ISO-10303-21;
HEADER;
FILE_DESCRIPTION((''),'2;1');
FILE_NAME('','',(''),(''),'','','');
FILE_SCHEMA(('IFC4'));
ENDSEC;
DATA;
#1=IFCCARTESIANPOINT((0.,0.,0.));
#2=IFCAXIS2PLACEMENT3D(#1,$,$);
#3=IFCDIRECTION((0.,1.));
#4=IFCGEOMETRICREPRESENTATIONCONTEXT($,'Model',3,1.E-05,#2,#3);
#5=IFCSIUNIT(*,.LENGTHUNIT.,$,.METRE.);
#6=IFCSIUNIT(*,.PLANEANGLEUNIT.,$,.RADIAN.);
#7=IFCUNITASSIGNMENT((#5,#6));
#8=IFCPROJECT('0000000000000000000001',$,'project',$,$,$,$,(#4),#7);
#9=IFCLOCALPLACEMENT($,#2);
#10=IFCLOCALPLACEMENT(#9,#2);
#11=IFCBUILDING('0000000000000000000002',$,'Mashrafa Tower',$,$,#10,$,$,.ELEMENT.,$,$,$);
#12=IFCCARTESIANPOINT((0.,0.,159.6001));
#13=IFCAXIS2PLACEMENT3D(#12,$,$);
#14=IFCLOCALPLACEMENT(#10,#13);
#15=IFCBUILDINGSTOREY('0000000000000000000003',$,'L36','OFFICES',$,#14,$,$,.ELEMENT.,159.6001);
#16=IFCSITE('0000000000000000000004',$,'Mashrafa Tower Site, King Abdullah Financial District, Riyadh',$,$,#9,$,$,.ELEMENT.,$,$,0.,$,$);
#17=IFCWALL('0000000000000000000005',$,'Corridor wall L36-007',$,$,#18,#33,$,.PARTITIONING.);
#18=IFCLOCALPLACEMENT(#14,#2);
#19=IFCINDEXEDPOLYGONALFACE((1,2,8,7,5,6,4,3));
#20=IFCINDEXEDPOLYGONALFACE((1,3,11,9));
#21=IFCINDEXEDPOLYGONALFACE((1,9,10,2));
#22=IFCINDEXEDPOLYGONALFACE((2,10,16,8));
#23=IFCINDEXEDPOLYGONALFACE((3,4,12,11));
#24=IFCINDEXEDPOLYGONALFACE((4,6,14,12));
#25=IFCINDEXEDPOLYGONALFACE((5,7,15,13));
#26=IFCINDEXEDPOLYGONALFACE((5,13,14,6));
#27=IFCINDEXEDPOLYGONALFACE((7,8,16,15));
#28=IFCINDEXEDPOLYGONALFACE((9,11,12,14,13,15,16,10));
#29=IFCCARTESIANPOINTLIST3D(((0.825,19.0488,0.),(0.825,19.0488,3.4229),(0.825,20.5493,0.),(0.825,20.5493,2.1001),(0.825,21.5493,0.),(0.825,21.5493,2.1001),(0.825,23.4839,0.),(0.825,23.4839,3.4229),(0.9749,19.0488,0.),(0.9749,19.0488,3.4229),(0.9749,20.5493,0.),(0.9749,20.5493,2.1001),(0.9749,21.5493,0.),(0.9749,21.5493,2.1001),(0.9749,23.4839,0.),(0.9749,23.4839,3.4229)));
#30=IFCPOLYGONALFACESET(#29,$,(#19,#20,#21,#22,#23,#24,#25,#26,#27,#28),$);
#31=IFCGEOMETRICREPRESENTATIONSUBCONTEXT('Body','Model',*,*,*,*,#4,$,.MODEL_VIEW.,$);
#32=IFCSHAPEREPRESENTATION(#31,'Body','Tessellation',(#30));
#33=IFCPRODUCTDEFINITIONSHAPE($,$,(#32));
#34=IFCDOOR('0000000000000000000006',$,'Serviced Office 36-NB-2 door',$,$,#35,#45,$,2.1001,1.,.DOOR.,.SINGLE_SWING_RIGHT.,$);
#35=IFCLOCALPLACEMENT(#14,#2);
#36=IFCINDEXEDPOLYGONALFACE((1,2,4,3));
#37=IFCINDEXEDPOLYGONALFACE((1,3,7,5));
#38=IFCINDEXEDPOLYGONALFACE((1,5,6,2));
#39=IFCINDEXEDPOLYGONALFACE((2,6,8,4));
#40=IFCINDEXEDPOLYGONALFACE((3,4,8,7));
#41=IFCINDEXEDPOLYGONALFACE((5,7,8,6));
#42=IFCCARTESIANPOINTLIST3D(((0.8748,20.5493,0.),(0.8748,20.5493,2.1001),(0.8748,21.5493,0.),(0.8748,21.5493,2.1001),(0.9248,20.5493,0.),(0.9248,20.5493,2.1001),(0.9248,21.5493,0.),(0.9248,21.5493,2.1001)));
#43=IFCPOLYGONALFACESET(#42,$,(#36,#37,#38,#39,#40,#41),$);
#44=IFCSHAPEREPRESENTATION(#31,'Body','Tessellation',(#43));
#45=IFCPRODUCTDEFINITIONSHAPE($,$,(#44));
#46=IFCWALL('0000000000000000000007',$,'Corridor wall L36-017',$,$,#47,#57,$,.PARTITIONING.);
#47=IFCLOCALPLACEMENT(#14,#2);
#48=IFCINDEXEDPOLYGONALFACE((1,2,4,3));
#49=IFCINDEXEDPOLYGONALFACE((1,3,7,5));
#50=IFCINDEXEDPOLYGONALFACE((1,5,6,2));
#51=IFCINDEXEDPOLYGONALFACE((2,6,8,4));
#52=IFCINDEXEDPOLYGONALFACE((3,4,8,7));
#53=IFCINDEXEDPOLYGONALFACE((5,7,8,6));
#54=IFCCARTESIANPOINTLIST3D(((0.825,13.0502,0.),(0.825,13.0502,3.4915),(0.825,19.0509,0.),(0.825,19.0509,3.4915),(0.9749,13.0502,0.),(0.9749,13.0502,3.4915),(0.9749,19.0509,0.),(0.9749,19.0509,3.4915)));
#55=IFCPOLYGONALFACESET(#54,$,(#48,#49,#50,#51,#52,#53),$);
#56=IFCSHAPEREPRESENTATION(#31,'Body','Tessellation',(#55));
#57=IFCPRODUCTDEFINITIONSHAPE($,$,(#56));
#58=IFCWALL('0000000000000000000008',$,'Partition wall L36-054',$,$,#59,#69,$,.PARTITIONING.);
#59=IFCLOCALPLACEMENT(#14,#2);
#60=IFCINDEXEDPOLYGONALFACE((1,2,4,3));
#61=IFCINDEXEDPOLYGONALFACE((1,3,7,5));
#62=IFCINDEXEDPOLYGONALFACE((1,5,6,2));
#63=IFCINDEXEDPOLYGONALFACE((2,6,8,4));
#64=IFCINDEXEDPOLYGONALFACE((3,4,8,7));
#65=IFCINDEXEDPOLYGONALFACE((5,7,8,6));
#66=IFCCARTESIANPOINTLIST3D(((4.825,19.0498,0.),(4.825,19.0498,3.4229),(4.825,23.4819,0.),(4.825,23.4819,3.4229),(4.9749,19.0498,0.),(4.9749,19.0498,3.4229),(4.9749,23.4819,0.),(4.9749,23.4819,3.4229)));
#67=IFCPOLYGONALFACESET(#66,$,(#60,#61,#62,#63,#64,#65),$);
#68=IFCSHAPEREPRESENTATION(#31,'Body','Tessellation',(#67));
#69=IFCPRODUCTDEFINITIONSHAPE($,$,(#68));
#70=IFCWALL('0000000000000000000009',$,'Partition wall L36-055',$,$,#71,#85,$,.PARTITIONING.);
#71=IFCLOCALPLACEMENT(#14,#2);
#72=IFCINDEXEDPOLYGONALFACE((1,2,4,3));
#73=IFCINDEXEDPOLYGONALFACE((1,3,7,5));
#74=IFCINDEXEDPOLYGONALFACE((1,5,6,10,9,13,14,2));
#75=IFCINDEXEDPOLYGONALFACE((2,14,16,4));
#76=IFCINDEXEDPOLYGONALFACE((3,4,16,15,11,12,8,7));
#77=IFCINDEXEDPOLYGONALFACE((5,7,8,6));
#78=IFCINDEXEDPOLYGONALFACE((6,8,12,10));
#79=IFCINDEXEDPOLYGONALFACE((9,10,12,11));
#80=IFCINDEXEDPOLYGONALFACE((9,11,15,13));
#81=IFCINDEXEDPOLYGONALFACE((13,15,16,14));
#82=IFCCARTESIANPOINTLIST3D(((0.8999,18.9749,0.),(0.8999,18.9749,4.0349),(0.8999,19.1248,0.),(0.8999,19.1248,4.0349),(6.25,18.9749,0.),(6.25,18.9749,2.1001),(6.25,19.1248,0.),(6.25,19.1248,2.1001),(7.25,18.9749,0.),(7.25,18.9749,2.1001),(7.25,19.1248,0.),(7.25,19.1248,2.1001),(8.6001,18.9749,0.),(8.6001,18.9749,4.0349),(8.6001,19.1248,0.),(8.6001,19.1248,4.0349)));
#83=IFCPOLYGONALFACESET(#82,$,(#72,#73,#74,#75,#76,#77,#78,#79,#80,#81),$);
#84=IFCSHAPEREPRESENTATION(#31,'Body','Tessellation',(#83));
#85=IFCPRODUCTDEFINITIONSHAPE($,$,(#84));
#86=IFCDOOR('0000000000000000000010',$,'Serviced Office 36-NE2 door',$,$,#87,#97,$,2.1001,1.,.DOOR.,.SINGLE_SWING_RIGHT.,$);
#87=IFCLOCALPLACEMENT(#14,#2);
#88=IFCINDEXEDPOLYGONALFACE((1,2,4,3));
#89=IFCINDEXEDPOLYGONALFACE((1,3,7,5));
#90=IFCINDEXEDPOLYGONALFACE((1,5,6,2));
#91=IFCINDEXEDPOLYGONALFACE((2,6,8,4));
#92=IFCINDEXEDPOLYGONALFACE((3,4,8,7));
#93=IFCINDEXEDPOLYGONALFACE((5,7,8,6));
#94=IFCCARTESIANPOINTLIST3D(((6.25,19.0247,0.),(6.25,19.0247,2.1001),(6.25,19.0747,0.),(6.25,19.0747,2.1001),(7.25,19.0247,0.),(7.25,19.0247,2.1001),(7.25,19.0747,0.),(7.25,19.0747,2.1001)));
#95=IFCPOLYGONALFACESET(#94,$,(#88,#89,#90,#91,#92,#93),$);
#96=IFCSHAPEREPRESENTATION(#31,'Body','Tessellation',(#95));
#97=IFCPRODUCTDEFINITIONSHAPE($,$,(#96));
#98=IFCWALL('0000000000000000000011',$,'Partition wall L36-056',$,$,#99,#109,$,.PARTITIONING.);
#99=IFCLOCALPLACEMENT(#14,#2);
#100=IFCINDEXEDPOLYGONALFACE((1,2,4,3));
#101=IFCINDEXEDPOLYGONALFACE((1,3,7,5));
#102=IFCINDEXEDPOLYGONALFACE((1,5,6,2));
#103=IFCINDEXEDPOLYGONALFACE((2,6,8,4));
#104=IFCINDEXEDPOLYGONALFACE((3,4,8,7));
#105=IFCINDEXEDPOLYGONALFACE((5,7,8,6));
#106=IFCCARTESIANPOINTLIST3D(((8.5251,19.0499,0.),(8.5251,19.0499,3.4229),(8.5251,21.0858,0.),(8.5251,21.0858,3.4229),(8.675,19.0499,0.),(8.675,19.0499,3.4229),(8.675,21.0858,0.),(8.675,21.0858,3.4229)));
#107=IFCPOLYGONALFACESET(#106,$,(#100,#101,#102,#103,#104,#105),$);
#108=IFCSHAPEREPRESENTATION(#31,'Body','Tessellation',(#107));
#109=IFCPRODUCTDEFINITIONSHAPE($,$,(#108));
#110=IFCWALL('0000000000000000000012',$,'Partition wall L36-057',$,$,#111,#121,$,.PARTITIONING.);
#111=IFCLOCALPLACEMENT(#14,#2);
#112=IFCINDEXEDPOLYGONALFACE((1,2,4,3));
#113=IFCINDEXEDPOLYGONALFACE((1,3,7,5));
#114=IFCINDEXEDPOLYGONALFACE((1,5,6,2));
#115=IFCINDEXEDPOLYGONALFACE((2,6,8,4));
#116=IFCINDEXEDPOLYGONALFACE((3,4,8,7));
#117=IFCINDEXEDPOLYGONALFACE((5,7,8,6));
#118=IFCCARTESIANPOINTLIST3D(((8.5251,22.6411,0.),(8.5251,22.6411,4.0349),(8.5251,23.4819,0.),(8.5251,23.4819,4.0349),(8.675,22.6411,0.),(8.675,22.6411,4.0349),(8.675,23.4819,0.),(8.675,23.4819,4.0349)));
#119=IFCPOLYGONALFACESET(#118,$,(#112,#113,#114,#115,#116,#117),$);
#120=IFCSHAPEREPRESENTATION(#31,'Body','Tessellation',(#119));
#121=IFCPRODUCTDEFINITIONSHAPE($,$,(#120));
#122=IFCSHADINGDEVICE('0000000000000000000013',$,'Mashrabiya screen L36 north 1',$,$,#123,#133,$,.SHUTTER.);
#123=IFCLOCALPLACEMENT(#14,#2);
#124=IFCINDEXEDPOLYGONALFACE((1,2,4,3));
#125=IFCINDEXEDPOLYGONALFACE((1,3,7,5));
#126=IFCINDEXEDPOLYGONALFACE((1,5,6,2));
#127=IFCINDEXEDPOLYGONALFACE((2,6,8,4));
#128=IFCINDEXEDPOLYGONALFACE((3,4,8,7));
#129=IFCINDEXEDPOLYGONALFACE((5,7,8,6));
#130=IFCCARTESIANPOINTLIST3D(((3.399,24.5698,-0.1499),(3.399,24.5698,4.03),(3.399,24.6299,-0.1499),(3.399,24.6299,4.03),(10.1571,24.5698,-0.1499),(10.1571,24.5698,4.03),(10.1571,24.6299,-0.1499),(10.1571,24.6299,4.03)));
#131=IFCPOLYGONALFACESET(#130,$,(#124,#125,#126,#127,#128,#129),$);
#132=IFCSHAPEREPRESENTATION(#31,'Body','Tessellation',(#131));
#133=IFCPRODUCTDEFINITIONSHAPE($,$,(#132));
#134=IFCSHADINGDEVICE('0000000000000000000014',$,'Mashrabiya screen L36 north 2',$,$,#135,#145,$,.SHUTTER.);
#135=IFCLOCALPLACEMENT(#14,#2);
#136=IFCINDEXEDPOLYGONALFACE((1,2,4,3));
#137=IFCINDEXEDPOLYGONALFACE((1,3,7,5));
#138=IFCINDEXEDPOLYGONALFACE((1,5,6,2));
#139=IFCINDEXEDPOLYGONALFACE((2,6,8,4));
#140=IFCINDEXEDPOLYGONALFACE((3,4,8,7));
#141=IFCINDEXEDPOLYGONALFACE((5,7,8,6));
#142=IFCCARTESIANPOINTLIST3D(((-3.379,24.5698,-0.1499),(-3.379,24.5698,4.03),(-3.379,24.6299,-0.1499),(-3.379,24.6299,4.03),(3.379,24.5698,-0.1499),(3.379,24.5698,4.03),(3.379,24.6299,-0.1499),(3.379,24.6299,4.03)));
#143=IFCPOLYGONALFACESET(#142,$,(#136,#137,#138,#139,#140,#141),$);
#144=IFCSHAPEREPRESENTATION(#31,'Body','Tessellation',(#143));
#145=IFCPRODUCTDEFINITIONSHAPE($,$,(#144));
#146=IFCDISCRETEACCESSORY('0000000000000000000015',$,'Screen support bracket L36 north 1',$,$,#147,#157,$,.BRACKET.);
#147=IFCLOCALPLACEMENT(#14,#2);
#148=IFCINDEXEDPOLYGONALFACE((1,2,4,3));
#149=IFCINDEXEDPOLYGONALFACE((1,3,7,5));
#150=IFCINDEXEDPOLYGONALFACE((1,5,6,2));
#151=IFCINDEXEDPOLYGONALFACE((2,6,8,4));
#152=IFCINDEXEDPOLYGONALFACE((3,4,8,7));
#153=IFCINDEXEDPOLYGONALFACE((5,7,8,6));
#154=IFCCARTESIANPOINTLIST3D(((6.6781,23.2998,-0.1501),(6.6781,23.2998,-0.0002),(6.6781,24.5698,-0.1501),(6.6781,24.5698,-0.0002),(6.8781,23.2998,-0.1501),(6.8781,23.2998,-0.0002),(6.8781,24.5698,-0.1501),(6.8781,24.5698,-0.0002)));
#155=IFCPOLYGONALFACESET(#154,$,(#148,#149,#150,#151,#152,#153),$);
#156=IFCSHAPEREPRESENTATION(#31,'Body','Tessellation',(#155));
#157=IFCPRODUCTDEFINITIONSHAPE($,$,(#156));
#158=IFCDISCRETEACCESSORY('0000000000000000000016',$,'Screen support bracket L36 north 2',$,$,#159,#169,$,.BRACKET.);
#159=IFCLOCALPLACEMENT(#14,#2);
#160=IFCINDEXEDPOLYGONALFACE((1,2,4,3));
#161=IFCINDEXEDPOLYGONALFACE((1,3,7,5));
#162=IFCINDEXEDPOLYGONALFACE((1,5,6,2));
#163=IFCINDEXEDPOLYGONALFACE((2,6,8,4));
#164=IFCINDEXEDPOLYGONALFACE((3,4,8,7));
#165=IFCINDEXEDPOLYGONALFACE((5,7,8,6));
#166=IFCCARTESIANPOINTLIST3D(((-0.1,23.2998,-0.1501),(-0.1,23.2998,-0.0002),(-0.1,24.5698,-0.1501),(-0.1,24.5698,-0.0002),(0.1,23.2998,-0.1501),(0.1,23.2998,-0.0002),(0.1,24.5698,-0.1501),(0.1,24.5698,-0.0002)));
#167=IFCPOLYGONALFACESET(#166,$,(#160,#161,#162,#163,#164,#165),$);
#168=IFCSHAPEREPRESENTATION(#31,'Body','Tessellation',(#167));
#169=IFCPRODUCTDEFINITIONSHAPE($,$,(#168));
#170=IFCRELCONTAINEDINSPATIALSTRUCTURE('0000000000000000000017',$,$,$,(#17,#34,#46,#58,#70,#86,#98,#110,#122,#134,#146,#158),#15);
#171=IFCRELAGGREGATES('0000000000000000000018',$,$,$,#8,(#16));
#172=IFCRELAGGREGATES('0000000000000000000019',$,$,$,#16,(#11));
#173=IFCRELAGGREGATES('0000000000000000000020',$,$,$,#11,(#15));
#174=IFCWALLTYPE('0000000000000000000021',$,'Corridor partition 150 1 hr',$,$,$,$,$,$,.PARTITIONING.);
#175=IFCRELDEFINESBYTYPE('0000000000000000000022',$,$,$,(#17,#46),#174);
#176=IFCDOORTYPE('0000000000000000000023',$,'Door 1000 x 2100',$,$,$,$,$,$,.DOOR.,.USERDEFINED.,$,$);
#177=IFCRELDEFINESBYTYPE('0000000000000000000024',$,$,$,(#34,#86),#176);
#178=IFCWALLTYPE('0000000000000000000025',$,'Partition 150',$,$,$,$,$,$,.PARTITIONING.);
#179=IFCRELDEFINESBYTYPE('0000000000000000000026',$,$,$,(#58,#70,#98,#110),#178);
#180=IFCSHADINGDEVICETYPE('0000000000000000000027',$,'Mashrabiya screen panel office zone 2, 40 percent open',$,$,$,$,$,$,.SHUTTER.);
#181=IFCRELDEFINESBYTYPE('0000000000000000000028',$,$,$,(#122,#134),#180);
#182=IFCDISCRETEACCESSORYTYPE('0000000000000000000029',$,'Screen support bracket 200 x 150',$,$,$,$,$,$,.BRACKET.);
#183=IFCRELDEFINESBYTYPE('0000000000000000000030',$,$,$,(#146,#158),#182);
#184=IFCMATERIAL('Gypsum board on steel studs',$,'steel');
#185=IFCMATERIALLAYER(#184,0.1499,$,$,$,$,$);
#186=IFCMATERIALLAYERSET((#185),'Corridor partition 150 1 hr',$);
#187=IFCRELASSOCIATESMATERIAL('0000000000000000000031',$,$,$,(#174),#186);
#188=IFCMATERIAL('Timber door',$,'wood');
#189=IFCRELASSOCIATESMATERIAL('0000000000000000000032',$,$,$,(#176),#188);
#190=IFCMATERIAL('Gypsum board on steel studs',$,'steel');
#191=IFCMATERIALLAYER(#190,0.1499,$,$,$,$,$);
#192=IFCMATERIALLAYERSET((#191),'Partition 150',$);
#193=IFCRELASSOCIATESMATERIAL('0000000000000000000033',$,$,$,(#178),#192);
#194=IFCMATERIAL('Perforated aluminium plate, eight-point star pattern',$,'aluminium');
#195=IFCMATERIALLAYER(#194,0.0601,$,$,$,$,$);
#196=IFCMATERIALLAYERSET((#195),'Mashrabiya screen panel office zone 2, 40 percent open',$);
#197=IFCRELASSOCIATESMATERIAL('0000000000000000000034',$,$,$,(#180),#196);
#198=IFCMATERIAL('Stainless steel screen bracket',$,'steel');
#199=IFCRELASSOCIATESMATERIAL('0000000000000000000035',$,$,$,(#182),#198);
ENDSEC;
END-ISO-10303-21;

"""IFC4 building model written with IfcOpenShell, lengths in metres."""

from ifc_helpers import new_model, si_unit, direction, frame, frame_2d, origin, origin_2d, place, context, subcontext, project, spatial, rectangle, extrude, source, transform, mapped, material, layer, layer_set, type_object, type_shapes, element, fill, save


model = new_model("IFC4")

# Units and contexts
model_context = context("Model", 3, precision=1e-05, world=origin(), true_north=direction((0.0, 1.0)))
body_context = subcontext(model_context, "Body", "Model", "MODEL_VIEW")
ifc_project = project(units=[si_unit("LENGTHUNIT", "METRE"), si_unit("PLANEANGLEUNIT", "RADIAN")], contexts=[model_context])

# Site, building, storey
site_placement = place(None, origin())
site = spatial("IfcSite", under=ifc_project, at=site_placement, Name="Mashrafa Tower Site, King Abdullah Financial District, Riyadh", CompositionType="ELEMENT", RefElevation=0.0)
building_placement = place(site_placement, origin())
building = spatial("IfcBuilding", under=site, at=building_placement, Name="Mashrafa Tower", CompositionType="ELEMENT")
storey_placement = place(building_placement, frame((0.0, 0.0, 159.6001)))
storey = spatial("IfcBuildingStorey", under=building, at=storey_placement, Name="L36", Description="OFFICES", CompositionType="ELEMENT", Elevation=159.6001)

# Wall, opening, door
ifc_material_1 = material(Name="Gypsum board on steel studs", Category="steel")
ifc_layer_1 = layer(ifc_material_1, 0.1499)
ifc_layer_set_1 = layer_set([ifc_layer_1], Name="Corridor partition 150 1 hr")
wall_type_1 = type_object("IfcWallType", Name="Corridor partition 150 1 hr", PredefinedType="PARTITIONING", material=ifc_layer_set_1)
wall_1_placement = place(storey_placement, frame((0.8999, 19.0488, 0.0), z_axis=(0.0, 0.0, 1.0), x_axis=(0.0, 1.0, 0.0)))
wall_1 = element("IfcWall", 1, at=wall_1_placement, inside=storey, type_object=wall_type_1, Name="Corridor wall L36-007", PredefinedType="PARTITIONING", context=body_context, shape_type="SweptSolid", body=[
    extrude(rectangle(XDim=4.4351, YDim=0.1499, at=frame_2d((2.2175, 0.0))), origin(), (0.0, 0.0, 1.0), 3.4229),
])
opening_1_placement = place(wall_1_placement, frame((1.5005, 0.0, 0.0)))
opening_1 = element("IfcOpeningElement", 2, at=opening_1_placement, cuts=wall_1, PredefinedType="OPENING", context=body_context, shape_type="SweptSolid", body=[
    extrude(rectangle(XDim=1.0, YDim=2.1001, at=frame_2d((0.5, 1.05))), frame((0.0, 0.085, 0.0), z_axis=(0.0, -1.0, 0.0), x_axis=(1.0, 0.0, 0.0)), (0.0, 0.0, 1.0), 0.1699),
])
ifc_material_2 = material(Name="Timber door", Category="wood")
door_type = type_object("IfcDoorType", Name="Door 1000 x 2100", OperationType="USERDEFINED", PredefinedType="DOOR", material=ifc_material_2)
door_1_placement = place(opening_1_placement, frame((1.0, 0.0, 0.0), z_axis=(0.0, 0.0, 1.0), x_axis=(-1.0, 0.0, 0.0)))
door_1 = element("IfcDoor", 3, at=door_1_placement, inside=storey, type_object=door_type, Name="Serviced Office 36-NB-2 door", OperationType="SINGLE_SWING_RIGHT", OverallHeight=2.1001, OverallWidth=1.0, PredefinedType="DOOR", context=body_context, shape_type="SweptSolid", body=[
    extrude(rectangle(XDim=1.0, YDim=2.1001, at=frame_2d((0.5, 1.05))), frame((0.0, 0.0249, 0.0), z_axis=(0.0, -1.0, 0.0), x_axis=(1.0, 0.0, 0.0)), (0.0, 0.0, 1.0), 0.05),
])
fill(opening_1, door_1)

# Walls
wall_2_placement = place(storey_placement, frame((0.8999, 13.05, 0.0), z_axis=(0.0, 0.0, 1.0), x_axis=(0.0, 1.0, 0.0)))
element("IfcWall", 4, at=wall_2_placement, inside=storey, type_object=wall_type_1, Name="Corridor wall L36-017", PredefinedType="PARTITIONING", context=body_context, shape_type="SweptSolid", body=[
    extrude(rectangle(XDim=6.0007, YDim=0.1499, at=frame_2d((3.0005, 0.0))), origin(), (0.0, 0.0, 1.0), 3.4915),
])
ifc_material_3 = material(Name="Gypsum board on steel studs", Category="steel")
ifc_layer_2 = layer(ifc_material_3, 0.1499)
ifc_layer_set_2 = layer_set([ifc_layer_2], Name="Partition 150")
wall_type_2 = type_object("IfcWallType", Name="Partition 150", PredefinedType="PARTITIONING", material=ifc_layer_set_2)
wall_3_placement = place(storey_placement, frame((4.8999, 23.4819, 0.0), z_axis=(0.0, 0.0, 1.0), x_axis=(0.0, -1.0, 0.0)))
element("IfcWall", 5, at=wall_3_placement, inside=storey, type_object=wall_type_2, Name="Partition wall L36-054", PredefinedType="PARTITIONING", context=body_context, shape_type="SweptSolid", body=[
    extrude(rectangle(XDim=4.4321, YDim=0.1499, at=frame_2d((2.2161, 0.0))), origin(), (0.0, 0.0, 1.0), 3.4229),
])

# Wall, opening, door
wall_4_placement = place(storey_placement, frame((8.6001, 19.0498, 0.0), z_axis=(0.0, 0.0, 1.0), x_axis=(-1.0, 0.0, 0.0)))
wall_4 = element("IfcWall", 6, at=wall_4_placement, inside=storey, type_object=wall_type_2, Name="Partition wall L36-055", PredefinedType="PARTITIONING", context=body_context, shape_type="SweptSolid", body=[
    extrude(rectangle(XDim=7.7002, YDim=0.1499, at=frame_2d((3.8501, 0.0))), origin(), (0.0, 0.0, 1.0), 4.0349),
])
opening_2_placement = place(wall_4_placement, frame((1.3501, 0.0, 0.0)))
opening_2 = element("IfcOpeningElement", 7, at=opening_2_placement, cuts=wall_4, PredefinedType="OPENING", context=body_context, shape_type="SweptSolid", body=[
    extrude(rectangle(XDim=1.0, YDim=2.1001, at=frame_2d((0.5, 1.05))), frame((0.0, 0.085, 0.0), z_axis=(0.0, -1.0, 0.0), x_axis=(1.0, 0.0, 0.0)), (0.0, 0.0, 1.0), 0.1699),
])
door_2_placement = place(opening_2_placement, frame((1.0, 0.0, 0.0), z_axis=(0.0, 0.0, 1.0), x_axis=(-1.0, 0.0, 0.0)))
door_2 = element("IfcDoor", 8, at=door_2_placement, inside=storey, type_object=door_type, Name="Serviced Office 36-NE2 door", OperationType="SINGLE_SWING_RIGHT", OverallHeight=2.1001, OverallWidth=1.0, PredefinedType="DOOR", context=body_context, shape_type="SweptSolid", body=[
    extrude(rectangle(XDim=1.0, YDim=2.1001, at=frame_2d((0.5, 1.05))), frame((0.0, 0.0249, 0.0), z_axis=(0.0, -1.0, 0.0), x_axis=(1.0, 0.0, 0.0)), (0.0, 0.0, 1.0), 0.05),
])
fill(opening_2, door_2)

# Walls
wall_5_placement = place(storey_placement, frame((8.6001, 19.0498, 0.0), z_axis=(0.0, 0.0, 1.0), x_axis=(0.0, 1.0, 0.0)))
element("IfcWall", 9, at=wall_5_placement, inside=storey, type_object=wall_type_2, Name="Partition wall L36-056", PredefinedType="PARTITIONING", context=body_context, shape_type="SweptSolid", body=[
    extrude(rectangle(XDim=2.0359, YDim=0.1499, at=frame_2d((1.0181, 0.0))), origin(), (0.0, 0.0, 1.0), 3.4229),
])
wall_6_placement = place(storey_placement, frame((8.6001, 22.6411, 0.0), z_axis=(0.0, 0.0, 1.0), x_axis=(0.0, 1.0, 0.0)))
element("IfcWall", 10, at=wall_6_placement, inside=storey, type_object=wall_type_2, Name="Partition wall L36-057", PredefinedType="PARTITIONING", context=body_context, shape_type="SweptSolid", body=[
    extrude(rectangle(XDim=0.8408, YDim=0.1499, at=frame_2d((0.4204, 0.0))), origin(), (0.0, 0.0, 1.0), 4.0349),
])

# Shading devices
ifc_material_4 = material(Name="Perforated aluminium plate, eight-point star pattern", Category="aluminium")
ifc_layer_3 = layer(ifc_material_4, 0.0601)
ifc_layer_set_3 = layer_set([ifc_layer_3], Name="Mashrabiya screen panel office zone 2, 40 percent open")
shading_device_type = type_object("IfcShadingDeviceType", Name="Mashrabiya screen panel office zone 2, 40 percent open", PredefinedType="SHUTTER", material=ifc_layer_set_3)
shared_shape_1 = source(origin(), body_context, "Body", "SweptSolid", [
    extrude(rectangle(XDim=6.7581, YDim=0.0601, at=origin_2d()), origin(), (0.0, 0.0, 1.0), 4.1799),
])
type_shapes(shading_device_type, [shared_shape_1])
for number, where, z_axis, x_axis, name in (
    (11, (6.7781, 24.5999, -0.1499), (0.0, 0.0, 1.0), (-1.0, 0.0, 0.0), "Mashrabiya screen L36 north 1"),
    (12, (0.0, 24.5999, -0.1499), (0.0, 0.0, 1.0), (-1.0, 0.0, 0.0), "Mashrabiya screen L36 north 2"),
):
    element("IfcShadingDevice", number, at=place(storey_placement, frame(where, z_axis=z_axis, x_axis=x_axis)), inside=storey, type_object=shading_device_type, Name=name, PredefinedType="SHUTTER", context=body_context, shape_type="MappedRepresentation", body=[
        mapped(shared_shape_1, transform((0.0, 0.0, 0.0))),
    ])

# Discrete accessories
ifc_material_5 = material(Name="Stainless steel screen bracket", Category="steel")
discrete_accessory_type = type_object("IfcDiscreteAccessoryType", Name="Screen support bracket 200 x 150", PredefinedType="BRACKET", material=ifc_material_5)
shared_shape_2 = source(origin(), body_context, "Body", "SweptSolid", [
    extrude(rectangle(XDim=0.2, YDim=1.27, at=origin_2d()), origin(), (0.0, 0.0, 1.0), 0.1499),
])
type_shapes(discrete_accessory_type, [shared_shape_2])
for number, where, z_axis, x_axis, name in (
    (13, (6.7781, 23.9348, -0.1501), (0.0, 0.0, 1.0), (-1.0, 0.0, 0.0), "Screen support bracket L36 north 1"),
    (14, (0.0, 23.9348, -0.1501), (0.0, 0.0, 1.0), (-1.0, 0.0, 0.0), "Screen support bracket L36 north 2"),
):
    element("IfcDiscreteAccessory", number, at=place(storey_placement, frame(where, z_axis=z_axis, x_axis=x_axis)), inside=storey, type_object=discrete_accessory_type, Name=name, PredefinedType="BRACKET", context=body_context, shape_type="MappedRepresentation", body=[
        mapped(shared_shape_2, transform((0.0, 0.0, 0.0))),
    ])

save(model, "model.ifc")
